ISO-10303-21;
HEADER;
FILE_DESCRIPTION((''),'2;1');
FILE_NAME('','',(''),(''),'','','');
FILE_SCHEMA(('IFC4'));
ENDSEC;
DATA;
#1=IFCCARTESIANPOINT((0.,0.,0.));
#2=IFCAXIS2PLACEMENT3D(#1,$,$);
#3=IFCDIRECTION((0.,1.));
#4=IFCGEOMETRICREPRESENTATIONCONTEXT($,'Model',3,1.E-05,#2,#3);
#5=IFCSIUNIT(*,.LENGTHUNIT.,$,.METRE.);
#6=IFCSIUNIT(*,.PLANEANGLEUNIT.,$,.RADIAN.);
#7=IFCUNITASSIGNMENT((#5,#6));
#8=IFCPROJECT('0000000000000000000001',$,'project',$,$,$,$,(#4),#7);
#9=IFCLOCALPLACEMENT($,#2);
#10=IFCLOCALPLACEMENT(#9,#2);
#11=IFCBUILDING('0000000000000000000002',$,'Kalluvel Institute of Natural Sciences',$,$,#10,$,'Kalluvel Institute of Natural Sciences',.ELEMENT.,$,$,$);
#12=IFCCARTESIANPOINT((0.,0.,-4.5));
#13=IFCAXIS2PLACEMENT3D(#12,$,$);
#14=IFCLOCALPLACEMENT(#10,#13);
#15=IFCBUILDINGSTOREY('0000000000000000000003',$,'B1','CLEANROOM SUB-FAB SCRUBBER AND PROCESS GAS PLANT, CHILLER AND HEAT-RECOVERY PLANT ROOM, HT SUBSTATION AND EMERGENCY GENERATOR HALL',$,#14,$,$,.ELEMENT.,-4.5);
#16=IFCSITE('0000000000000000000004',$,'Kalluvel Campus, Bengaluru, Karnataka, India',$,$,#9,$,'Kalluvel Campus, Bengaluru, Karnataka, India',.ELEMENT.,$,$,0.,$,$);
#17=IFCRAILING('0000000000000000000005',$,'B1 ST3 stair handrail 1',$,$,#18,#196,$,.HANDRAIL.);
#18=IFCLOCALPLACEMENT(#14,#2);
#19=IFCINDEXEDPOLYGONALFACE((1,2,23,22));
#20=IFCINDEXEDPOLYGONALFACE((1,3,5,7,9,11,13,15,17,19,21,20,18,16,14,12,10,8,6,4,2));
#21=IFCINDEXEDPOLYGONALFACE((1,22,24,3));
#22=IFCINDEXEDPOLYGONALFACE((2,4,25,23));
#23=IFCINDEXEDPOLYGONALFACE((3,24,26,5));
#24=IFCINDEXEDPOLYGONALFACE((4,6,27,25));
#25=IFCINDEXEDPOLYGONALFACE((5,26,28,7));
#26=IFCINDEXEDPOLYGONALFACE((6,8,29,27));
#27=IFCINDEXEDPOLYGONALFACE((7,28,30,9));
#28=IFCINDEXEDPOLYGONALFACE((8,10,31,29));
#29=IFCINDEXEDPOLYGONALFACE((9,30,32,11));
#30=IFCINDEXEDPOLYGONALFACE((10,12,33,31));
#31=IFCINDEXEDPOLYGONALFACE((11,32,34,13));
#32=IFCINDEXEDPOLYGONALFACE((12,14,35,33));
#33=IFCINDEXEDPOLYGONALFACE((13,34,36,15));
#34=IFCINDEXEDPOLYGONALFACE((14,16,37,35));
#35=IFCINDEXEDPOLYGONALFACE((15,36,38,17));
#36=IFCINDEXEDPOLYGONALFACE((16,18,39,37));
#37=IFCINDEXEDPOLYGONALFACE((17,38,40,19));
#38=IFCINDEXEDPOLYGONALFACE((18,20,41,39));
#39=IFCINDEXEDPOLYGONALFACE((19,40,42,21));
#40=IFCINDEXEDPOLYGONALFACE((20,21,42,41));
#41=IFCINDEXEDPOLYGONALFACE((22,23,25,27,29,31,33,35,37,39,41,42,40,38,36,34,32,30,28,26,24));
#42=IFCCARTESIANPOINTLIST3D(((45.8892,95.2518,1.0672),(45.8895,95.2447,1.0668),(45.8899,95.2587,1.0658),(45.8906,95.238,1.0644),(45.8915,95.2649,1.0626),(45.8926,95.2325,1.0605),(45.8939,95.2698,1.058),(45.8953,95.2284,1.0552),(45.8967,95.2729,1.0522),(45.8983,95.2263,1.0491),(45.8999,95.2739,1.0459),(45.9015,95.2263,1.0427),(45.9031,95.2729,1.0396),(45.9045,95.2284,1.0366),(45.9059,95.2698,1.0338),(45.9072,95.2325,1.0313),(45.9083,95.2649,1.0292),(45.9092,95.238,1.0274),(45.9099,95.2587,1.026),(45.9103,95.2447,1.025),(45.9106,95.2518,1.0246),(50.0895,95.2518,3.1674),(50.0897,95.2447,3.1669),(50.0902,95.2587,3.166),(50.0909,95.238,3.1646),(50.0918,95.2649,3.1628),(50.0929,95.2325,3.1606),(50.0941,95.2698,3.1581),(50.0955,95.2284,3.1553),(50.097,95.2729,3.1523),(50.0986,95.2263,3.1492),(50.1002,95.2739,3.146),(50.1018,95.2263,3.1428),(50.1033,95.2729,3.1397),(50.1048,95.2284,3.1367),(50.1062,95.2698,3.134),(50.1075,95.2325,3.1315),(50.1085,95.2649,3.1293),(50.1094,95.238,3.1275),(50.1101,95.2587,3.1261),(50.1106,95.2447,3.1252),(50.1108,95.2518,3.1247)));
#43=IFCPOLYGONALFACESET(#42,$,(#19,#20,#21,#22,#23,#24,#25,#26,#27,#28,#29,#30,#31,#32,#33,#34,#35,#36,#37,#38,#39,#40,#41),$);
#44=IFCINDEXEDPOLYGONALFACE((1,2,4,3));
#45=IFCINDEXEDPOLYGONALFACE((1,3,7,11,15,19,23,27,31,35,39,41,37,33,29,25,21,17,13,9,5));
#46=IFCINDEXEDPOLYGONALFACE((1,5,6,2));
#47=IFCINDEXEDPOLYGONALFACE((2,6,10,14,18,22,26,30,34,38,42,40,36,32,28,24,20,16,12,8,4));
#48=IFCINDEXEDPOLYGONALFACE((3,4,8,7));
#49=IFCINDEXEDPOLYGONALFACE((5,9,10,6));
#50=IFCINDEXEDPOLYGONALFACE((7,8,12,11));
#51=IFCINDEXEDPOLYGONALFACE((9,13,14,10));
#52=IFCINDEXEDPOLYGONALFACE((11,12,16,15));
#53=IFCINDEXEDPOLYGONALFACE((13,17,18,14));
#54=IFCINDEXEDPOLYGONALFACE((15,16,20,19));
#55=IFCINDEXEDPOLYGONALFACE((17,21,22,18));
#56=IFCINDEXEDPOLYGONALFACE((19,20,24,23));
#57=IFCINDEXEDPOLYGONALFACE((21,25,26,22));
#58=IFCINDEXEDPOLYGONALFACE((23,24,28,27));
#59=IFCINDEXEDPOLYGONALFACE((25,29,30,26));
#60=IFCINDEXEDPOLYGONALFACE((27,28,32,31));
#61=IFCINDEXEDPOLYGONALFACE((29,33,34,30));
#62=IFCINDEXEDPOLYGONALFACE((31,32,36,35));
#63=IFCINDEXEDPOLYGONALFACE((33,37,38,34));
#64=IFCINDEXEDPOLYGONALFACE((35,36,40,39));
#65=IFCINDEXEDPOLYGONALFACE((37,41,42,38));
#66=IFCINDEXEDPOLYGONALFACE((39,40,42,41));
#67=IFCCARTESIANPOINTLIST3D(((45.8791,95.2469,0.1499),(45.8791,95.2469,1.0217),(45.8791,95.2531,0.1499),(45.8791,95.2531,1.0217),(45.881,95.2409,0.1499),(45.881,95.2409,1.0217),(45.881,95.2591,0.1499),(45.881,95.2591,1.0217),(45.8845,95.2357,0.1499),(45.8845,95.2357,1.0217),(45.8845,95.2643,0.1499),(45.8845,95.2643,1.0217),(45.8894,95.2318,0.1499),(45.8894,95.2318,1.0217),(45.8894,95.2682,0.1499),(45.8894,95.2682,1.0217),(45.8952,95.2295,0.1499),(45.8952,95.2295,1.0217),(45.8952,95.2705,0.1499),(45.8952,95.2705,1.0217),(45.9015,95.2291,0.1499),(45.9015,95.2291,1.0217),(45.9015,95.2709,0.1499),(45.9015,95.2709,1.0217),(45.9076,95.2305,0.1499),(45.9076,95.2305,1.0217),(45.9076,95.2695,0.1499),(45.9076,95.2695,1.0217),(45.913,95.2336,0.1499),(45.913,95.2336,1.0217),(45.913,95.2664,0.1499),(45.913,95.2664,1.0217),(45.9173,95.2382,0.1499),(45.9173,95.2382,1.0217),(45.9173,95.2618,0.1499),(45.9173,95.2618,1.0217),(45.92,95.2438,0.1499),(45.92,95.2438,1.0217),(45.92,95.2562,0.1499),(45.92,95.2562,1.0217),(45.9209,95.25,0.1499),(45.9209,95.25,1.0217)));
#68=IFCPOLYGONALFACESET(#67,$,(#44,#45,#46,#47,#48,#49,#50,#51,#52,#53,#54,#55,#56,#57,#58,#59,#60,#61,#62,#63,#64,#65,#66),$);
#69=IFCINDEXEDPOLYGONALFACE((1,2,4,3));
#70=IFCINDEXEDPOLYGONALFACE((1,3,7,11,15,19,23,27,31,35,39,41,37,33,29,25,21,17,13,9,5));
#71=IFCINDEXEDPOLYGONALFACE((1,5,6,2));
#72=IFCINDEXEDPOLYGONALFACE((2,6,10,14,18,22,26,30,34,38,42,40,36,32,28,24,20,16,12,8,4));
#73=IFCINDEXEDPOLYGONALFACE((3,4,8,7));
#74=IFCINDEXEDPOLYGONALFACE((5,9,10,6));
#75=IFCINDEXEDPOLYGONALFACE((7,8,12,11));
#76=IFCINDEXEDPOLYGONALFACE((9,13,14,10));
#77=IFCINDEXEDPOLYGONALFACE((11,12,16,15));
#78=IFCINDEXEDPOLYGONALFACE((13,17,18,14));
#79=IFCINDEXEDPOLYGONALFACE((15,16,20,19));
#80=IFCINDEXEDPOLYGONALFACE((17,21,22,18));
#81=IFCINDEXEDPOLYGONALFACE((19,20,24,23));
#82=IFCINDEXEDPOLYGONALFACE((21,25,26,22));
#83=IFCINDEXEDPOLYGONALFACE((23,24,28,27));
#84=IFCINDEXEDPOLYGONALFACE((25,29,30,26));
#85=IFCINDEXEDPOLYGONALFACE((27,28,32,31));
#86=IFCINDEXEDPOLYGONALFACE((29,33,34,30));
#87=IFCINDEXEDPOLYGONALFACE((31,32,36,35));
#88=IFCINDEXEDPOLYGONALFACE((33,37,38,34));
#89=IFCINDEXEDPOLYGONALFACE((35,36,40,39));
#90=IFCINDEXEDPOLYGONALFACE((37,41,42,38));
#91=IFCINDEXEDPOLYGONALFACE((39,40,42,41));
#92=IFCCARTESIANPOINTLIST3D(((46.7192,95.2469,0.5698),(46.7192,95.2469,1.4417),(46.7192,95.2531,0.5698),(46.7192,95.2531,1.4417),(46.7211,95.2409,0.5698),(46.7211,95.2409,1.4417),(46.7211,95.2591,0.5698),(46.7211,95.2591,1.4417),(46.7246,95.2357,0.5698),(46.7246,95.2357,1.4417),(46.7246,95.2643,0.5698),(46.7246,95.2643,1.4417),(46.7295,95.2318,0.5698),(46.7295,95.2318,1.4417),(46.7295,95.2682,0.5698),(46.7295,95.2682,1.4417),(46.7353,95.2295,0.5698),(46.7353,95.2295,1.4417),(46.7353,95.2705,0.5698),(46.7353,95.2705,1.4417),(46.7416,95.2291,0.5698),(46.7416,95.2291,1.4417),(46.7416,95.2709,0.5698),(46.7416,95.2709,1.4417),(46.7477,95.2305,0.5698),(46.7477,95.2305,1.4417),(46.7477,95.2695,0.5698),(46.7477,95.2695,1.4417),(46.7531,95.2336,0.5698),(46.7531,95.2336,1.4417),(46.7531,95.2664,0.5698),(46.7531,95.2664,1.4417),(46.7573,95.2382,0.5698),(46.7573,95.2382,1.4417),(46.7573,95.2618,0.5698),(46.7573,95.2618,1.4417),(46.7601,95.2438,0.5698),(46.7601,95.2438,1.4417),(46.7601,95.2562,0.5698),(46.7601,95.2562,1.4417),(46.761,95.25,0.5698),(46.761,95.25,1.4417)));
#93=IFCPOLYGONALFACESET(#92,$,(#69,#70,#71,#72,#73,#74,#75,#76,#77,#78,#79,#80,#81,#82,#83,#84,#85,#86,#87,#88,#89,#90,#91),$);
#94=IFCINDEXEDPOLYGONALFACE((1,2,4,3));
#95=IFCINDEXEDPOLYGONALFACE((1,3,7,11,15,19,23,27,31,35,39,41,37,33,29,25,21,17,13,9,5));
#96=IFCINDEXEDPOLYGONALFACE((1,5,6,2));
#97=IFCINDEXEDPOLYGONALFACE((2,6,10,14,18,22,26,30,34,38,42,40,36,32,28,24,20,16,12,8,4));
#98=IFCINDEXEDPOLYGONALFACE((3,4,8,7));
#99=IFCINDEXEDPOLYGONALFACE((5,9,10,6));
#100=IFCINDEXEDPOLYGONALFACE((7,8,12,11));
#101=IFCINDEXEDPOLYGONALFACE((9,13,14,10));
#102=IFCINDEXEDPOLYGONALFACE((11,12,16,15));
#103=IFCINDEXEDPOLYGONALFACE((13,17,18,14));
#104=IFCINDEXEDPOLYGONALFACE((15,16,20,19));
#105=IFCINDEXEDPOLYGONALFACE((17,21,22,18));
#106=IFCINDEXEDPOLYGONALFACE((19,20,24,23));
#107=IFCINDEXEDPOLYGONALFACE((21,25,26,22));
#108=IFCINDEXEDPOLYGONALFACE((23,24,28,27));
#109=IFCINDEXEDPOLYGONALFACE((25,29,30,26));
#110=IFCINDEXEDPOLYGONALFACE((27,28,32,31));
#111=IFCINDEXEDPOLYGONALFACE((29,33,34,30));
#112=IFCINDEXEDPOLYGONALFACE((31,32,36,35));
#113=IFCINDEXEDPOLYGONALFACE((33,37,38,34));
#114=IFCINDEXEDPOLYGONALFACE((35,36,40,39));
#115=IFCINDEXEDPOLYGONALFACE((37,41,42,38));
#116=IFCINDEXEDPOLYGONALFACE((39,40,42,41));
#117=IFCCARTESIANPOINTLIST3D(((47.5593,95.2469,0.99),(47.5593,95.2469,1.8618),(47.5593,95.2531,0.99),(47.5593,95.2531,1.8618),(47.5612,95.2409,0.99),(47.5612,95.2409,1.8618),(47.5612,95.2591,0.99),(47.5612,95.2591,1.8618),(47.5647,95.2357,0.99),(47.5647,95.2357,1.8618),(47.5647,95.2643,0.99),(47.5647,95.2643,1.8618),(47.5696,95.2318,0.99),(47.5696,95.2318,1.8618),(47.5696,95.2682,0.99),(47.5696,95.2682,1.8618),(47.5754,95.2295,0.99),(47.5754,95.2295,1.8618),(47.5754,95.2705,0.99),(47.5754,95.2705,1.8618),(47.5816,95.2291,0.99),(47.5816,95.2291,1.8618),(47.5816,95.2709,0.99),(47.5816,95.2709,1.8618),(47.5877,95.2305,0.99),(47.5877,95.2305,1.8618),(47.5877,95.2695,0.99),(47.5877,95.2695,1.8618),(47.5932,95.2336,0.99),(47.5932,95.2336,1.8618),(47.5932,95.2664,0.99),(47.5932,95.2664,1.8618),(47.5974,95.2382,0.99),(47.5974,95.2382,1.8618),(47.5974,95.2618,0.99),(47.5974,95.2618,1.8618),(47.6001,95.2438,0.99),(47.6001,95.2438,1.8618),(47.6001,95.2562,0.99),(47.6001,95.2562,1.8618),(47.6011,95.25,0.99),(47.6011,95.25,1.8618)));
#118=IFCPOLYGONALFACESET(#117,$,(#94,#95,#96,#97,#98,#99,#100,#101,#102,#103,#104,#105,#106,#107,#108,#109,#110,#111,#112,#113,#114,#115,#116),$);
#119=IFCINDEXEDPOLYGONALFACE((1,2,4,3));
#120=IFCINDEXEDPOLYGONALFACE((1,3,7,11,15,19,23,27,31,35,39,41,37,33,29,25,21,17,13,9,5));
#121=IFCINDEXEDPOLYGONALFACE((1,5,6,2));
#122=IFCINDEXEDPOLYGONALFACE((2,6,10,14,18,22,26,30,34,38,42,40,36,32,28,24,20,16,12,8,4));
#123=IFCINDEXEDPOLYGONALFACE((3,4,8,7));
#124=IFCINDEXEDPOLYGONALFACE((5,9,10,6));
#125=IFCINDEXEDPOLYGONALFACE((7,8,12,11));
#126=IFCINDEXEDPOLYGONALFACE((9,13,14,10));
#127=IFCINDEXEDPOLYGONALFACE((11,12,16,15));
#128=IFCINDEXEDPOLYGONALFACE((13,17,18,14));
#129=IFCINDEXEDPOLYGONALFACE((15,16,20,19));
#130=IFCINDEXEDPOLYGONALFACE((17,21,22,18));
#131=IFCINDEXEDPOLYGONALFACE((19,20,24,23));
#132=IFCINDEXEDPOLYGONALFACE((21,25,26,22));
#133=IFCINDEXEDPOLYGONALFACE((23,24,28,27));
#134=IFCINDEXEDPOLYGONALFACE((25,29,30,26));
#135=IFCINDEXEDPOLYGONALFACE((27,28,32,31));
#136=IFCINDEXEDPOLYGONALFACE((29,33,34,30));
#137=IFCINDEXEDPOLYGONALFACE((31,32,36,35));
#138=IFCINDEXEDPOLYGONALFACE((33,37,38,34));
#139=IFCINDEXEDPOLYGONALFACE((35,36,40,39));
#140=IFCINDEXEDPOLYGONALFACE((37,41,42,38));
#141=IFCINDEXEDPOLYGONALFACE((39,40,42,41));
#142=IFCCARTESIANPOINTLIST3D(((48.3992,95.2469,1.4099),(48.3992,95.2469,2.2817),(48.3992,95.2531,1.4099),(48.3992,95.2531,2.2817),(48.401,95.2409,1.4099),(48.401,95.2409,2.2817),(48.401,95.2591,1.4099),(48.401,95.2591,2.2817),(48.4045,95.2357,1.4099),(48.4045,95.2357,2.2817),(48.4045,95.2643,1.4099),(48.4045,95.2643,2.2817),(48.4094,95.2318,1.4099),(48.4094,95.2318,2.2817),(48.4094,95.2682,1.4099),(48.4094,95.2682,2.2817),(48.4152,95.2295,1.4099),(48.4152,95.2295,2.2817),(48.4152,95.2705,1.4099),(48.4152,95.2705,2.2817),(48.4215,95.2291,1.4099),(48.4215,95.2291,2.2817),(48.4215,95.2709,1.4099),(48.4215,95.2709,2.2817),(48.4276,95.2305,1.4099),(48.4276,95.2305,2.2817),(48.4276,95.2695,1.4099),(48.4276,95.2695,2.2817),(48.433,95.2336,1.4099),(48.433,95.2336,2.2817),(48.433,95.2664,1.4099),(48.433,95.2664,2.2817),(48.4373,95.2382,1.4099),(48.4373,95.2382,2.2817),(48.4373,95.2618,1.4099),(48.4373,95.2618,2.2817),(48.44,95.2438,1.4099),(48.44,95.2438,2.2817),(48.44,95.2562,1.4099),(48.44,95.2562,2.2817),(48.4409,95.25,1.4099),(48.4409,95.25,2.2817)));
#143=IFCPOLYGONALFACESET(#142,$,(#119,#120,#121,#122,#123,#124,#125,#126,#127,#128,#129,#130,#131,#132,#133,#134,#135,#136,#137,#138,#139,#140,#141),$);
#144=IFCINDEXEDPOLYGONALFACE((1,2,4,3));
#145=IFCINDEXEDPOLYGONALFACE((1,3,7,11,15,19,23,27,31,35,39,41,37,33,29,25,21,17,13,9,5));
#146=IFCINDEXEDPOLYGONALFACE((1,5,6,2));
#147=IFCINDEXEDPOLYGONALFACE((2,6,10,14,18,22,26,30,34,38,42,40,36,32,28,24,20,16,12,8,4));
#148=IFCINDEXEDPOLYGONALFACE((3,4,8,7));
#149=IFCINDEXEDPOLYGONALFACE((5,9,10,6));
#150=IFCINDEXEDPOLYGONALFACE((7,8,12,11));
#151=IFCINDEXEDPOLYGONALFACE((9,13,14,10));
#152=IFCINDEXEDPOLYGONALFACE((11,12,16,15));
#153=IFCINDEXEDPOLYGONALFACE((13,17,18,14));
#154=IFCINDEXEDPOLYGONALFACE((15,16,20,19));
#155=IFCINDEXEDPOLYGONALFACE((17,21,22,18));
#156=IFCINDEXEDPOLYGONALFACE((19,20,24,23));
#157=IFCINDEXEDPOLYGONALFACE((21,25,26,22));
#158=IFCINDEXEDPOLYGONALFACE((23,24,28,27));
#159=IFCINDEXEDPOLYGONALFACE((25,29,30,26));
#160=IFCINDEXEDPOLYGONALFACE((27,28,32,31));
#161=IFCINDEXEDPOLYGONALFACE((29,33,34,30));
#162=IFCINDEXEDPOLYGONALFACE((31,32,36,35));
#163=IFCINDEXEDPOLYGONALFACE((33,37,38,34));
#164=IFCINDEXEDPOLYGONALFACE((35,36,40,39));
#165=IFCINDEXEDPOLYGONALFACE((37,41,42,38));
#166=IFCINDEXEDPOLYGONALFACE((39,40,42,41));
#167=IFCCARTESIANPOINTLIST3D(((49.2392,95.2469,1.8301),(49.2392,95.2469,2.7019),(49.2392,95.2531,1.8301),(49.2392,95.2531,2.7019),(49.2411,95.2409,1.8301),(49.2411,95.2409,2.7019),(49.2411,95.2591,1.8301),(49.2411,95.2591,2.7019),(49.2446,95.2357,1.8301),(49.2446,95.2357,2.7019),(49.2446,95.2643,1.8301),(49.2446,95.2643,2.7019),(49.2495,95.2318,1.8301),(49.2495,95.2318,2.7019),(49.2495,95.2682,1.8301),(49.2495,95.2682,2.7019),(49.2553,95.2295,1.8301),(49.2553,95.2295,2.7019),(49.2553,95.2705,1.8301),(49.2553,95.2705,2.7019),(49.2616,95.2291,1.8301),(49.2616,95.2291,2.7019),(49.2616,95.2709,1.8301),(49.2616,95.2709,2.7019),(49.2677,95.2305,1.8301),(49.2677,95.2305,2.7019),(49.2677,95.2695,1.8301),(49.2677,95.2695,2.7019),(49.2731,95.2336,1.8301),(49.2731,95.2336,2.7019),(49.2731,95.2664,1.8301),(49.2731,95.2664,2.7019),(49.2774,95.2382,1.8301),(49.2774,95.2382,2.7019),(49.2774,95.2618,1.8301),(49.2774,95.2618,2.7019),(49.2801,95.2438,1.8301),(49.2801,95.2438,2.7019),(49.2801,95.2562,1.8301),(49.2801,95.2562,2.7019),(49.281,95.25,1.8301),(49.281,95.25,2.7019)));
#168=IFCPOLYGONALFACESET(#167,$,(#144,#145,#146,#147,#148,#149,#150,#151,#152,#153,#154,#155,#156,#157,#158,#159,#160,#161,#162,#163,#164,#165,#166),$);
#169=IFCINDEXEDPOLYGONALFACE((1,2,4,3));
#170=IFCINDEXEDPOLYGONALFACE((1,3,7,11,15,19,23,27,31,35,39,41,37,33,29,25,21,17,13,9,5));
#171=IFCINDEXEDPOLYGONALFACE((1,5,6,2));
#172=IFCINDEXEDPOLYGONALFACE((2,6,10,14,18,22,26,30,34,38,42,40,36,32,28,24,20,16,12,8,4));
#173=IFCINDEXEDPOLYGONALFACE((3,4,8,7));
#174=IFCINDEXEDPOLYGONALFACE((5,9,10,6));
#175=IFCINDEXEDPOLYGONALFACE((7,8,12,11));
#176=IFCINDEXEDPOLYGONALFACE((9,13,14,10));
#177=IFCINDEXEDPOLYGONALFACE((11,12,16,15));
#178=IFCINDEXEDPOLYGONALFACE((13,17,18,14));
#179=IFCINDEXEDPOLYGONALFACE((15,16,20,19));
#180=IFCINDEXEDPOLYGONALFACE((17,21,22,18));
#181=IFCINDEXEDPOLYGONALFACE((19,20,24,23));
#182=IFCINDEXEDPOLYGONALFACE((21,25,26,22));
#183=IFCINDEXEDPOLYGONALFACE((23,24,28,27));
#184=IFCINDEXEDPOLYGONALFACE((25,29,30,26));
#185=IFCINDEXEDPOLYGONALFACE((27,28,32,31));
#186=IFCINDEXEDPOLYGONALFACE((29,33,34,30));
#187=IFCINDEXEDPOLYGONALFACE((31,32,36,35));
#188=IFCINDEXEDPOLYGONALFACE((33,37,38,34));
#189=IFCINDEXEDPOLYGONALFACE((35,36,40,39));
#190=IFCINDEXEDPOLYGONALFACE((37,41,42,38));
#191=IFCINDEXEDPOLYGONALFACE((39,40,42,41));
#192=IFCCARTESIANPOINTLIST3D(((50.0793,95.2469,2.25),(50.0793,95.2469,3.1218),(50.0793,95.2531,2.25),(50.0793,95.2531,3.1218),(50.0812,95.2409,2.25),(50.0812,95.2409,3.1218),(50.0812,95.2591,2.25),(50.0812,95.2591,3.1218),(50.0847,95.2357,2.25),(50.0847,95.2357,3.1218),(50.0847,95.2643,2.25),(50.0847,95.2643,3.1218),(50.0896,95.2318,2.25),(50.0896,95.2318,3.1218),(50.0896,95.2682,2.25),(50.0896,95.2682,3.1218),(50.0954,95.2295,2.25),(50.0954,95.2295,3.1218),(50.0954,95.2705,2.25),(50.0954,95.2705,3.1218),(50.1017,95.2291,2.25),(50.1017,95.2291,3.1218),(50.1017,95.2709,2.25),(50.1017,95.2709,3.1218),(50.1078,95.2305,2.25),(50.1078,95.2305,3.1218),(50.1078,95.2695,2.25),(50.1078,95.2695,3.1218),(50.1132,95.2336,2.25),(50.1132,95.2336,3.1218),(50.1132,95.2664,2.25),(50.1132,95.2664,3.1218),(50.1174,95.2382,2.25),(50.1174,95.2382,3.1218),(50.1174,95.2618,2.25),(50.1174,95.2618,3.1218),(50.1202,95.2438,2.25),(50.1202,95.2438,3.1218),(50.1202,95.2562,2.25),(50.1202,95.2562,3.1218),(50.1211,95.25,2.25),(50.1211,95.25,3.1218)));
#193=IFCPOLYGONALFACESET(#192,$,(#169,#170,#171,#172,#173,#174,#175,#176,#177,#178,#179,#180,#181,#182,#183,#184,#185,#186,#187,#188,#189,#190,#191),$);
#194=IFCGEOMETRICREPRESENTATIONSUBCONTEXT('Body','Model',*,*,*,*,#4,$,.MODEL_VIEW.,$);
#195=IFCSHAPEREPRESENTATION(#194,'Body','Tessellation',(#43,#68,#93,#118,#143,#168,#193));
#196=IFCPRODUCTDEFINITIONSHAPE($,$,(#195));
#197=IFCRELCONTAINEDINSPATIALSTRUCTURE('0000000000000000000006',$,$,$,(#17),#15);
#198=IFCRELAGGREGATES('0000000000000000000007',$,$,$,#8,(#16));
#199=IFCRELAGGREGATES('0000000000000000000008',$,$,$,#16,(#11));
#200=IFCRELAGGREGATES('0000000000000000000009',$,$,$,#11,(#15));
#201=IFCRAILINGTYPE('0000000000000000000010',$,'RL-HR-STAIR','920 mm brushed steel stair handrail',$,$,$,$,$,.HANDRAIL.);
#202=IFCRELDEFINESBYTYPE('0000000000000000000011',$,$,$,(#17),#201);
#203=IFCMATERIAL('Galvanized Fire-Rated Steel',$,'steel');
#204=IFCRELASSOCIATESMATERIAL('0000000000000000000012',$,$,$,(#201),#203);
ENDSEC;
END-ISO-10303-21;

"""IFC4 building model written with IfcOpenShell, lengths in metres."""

from ifc_helpers import new_model, si_unit, direction, frame, origin, origin_2d, place, context, subcontext, project, spatial, circle, extrude, material, type_object, element, save


model = new_model("IFC4")

# Units and contexts
model_context = context("Model", 3, precision=1e-05, world=origin(), true_north=direction((0.0, 1.0)))
body_context = subcontext(model_context, "Body", "Model", "MODEL_VIEW")
ifc_project = project(units=[si_unit("LENGTHUNIT", "METRE"), si_unit("PLANEANGLEUNIT", "RADIAN")], contexts=[model_context])

# Site, building, storey
site_placement = place(None, origin())
site = spatial("IfcSite", under=ifc_project, at=site_placement, Name="Kalluvel Campus, Bengaluru, Karnataka, India", LongName="Kalluvel Campus, Bengaluru, Karnataka, India", CompositionType="ELEMENT", RefElevation=0.0)
building_placement = place(site_placement, origin())
building = spatial("IfcBuilding", under=site, at=building_placement, Name="Kalluvel Institute of Natural Sciences", LongName="Kalluvel Institute of Natural Sciences", CompositionType="ELEMENT")
storey_placement = place(building_placement, frame((0.0, 0.0, -4.5)))
storey = spatial("IfcBuildingStorey", under=building, at=storey_placement, Name="B1", Description="CLEANROOM SUB-FAB SCRUBBER AND PROCESS GAS PLANT, CHILLER AND HEAT-RECOVERY PLANT ROOM, HT SUBSTATION AND EMERGENCY GENERATOR HALL", CompositionType="ELEMENT", Elevation=-4.5)

# Railing
ifc_material_1 = material(Name="Galvanized Fire-Rated Steel", Category="steel")
railing_type_1 = type_object("IfcRailingType", Name="RL-HR-STAIR", Description="920 mm brushed steel stair handrail", PredefinedType="HANDRAIL", material=ifc_material_1)
railing_1_placement = place(storey_placement, frame((45.8999, 95.25, 0.1499)))
element("IfcRailing", 1, at=railing_1_placement, inside=storey, type_object=railing_type_1, Name="B1 ST3 stair handrail 1", PredefinedType="HANDRAIL", context=body_context, shape_type="SweptSolid", body=[
    extrude(circle(Radius=0.0239, at=origin_2d()), frame((0.0, 0.0, 0.896), z_axis=(0.894427, 0.0, 0.447214), x_axis=(0.0, 1.0, 0.0)), (0.0, 0.0, 1.0), 4.696),
    extrude(circle(Radius=0.021, at=origin_2d()), origin(), (0.0, 0.0, 1.0), 0.8718),
    extrude(circle(Radius=0.021, at=origin_2d()), frame((0.8401, 0.0, 0.4199)), (0.0, 0.0, 1.0), 0.8718),
    extrude(circle(Radius=0.021, at=origin_2d()), frame((1.6802, 0.0, 0.8401)), (0.0, 0.0, 1.0), 0.8718),
    extrude(circle(Radius=0.021, at=origin_2d()), frame((2.52, 0.0, 1.26)), (0.0, 0.0, 1.0), 0.8718),
    extrude(circle(Radius=0.021, at=origin_2d()), frame((3.3601, 0.0, 1.6802)), (0.0, 0.0, 1.0), 0.8718),
    extrude(circle(Radius=0.021, at=origin_2d()), frame((4.2002, 0.0, 2.1001)), (0.0, 0.0, 1.0), 0.8718),
])

save(model, "model.ifc")
